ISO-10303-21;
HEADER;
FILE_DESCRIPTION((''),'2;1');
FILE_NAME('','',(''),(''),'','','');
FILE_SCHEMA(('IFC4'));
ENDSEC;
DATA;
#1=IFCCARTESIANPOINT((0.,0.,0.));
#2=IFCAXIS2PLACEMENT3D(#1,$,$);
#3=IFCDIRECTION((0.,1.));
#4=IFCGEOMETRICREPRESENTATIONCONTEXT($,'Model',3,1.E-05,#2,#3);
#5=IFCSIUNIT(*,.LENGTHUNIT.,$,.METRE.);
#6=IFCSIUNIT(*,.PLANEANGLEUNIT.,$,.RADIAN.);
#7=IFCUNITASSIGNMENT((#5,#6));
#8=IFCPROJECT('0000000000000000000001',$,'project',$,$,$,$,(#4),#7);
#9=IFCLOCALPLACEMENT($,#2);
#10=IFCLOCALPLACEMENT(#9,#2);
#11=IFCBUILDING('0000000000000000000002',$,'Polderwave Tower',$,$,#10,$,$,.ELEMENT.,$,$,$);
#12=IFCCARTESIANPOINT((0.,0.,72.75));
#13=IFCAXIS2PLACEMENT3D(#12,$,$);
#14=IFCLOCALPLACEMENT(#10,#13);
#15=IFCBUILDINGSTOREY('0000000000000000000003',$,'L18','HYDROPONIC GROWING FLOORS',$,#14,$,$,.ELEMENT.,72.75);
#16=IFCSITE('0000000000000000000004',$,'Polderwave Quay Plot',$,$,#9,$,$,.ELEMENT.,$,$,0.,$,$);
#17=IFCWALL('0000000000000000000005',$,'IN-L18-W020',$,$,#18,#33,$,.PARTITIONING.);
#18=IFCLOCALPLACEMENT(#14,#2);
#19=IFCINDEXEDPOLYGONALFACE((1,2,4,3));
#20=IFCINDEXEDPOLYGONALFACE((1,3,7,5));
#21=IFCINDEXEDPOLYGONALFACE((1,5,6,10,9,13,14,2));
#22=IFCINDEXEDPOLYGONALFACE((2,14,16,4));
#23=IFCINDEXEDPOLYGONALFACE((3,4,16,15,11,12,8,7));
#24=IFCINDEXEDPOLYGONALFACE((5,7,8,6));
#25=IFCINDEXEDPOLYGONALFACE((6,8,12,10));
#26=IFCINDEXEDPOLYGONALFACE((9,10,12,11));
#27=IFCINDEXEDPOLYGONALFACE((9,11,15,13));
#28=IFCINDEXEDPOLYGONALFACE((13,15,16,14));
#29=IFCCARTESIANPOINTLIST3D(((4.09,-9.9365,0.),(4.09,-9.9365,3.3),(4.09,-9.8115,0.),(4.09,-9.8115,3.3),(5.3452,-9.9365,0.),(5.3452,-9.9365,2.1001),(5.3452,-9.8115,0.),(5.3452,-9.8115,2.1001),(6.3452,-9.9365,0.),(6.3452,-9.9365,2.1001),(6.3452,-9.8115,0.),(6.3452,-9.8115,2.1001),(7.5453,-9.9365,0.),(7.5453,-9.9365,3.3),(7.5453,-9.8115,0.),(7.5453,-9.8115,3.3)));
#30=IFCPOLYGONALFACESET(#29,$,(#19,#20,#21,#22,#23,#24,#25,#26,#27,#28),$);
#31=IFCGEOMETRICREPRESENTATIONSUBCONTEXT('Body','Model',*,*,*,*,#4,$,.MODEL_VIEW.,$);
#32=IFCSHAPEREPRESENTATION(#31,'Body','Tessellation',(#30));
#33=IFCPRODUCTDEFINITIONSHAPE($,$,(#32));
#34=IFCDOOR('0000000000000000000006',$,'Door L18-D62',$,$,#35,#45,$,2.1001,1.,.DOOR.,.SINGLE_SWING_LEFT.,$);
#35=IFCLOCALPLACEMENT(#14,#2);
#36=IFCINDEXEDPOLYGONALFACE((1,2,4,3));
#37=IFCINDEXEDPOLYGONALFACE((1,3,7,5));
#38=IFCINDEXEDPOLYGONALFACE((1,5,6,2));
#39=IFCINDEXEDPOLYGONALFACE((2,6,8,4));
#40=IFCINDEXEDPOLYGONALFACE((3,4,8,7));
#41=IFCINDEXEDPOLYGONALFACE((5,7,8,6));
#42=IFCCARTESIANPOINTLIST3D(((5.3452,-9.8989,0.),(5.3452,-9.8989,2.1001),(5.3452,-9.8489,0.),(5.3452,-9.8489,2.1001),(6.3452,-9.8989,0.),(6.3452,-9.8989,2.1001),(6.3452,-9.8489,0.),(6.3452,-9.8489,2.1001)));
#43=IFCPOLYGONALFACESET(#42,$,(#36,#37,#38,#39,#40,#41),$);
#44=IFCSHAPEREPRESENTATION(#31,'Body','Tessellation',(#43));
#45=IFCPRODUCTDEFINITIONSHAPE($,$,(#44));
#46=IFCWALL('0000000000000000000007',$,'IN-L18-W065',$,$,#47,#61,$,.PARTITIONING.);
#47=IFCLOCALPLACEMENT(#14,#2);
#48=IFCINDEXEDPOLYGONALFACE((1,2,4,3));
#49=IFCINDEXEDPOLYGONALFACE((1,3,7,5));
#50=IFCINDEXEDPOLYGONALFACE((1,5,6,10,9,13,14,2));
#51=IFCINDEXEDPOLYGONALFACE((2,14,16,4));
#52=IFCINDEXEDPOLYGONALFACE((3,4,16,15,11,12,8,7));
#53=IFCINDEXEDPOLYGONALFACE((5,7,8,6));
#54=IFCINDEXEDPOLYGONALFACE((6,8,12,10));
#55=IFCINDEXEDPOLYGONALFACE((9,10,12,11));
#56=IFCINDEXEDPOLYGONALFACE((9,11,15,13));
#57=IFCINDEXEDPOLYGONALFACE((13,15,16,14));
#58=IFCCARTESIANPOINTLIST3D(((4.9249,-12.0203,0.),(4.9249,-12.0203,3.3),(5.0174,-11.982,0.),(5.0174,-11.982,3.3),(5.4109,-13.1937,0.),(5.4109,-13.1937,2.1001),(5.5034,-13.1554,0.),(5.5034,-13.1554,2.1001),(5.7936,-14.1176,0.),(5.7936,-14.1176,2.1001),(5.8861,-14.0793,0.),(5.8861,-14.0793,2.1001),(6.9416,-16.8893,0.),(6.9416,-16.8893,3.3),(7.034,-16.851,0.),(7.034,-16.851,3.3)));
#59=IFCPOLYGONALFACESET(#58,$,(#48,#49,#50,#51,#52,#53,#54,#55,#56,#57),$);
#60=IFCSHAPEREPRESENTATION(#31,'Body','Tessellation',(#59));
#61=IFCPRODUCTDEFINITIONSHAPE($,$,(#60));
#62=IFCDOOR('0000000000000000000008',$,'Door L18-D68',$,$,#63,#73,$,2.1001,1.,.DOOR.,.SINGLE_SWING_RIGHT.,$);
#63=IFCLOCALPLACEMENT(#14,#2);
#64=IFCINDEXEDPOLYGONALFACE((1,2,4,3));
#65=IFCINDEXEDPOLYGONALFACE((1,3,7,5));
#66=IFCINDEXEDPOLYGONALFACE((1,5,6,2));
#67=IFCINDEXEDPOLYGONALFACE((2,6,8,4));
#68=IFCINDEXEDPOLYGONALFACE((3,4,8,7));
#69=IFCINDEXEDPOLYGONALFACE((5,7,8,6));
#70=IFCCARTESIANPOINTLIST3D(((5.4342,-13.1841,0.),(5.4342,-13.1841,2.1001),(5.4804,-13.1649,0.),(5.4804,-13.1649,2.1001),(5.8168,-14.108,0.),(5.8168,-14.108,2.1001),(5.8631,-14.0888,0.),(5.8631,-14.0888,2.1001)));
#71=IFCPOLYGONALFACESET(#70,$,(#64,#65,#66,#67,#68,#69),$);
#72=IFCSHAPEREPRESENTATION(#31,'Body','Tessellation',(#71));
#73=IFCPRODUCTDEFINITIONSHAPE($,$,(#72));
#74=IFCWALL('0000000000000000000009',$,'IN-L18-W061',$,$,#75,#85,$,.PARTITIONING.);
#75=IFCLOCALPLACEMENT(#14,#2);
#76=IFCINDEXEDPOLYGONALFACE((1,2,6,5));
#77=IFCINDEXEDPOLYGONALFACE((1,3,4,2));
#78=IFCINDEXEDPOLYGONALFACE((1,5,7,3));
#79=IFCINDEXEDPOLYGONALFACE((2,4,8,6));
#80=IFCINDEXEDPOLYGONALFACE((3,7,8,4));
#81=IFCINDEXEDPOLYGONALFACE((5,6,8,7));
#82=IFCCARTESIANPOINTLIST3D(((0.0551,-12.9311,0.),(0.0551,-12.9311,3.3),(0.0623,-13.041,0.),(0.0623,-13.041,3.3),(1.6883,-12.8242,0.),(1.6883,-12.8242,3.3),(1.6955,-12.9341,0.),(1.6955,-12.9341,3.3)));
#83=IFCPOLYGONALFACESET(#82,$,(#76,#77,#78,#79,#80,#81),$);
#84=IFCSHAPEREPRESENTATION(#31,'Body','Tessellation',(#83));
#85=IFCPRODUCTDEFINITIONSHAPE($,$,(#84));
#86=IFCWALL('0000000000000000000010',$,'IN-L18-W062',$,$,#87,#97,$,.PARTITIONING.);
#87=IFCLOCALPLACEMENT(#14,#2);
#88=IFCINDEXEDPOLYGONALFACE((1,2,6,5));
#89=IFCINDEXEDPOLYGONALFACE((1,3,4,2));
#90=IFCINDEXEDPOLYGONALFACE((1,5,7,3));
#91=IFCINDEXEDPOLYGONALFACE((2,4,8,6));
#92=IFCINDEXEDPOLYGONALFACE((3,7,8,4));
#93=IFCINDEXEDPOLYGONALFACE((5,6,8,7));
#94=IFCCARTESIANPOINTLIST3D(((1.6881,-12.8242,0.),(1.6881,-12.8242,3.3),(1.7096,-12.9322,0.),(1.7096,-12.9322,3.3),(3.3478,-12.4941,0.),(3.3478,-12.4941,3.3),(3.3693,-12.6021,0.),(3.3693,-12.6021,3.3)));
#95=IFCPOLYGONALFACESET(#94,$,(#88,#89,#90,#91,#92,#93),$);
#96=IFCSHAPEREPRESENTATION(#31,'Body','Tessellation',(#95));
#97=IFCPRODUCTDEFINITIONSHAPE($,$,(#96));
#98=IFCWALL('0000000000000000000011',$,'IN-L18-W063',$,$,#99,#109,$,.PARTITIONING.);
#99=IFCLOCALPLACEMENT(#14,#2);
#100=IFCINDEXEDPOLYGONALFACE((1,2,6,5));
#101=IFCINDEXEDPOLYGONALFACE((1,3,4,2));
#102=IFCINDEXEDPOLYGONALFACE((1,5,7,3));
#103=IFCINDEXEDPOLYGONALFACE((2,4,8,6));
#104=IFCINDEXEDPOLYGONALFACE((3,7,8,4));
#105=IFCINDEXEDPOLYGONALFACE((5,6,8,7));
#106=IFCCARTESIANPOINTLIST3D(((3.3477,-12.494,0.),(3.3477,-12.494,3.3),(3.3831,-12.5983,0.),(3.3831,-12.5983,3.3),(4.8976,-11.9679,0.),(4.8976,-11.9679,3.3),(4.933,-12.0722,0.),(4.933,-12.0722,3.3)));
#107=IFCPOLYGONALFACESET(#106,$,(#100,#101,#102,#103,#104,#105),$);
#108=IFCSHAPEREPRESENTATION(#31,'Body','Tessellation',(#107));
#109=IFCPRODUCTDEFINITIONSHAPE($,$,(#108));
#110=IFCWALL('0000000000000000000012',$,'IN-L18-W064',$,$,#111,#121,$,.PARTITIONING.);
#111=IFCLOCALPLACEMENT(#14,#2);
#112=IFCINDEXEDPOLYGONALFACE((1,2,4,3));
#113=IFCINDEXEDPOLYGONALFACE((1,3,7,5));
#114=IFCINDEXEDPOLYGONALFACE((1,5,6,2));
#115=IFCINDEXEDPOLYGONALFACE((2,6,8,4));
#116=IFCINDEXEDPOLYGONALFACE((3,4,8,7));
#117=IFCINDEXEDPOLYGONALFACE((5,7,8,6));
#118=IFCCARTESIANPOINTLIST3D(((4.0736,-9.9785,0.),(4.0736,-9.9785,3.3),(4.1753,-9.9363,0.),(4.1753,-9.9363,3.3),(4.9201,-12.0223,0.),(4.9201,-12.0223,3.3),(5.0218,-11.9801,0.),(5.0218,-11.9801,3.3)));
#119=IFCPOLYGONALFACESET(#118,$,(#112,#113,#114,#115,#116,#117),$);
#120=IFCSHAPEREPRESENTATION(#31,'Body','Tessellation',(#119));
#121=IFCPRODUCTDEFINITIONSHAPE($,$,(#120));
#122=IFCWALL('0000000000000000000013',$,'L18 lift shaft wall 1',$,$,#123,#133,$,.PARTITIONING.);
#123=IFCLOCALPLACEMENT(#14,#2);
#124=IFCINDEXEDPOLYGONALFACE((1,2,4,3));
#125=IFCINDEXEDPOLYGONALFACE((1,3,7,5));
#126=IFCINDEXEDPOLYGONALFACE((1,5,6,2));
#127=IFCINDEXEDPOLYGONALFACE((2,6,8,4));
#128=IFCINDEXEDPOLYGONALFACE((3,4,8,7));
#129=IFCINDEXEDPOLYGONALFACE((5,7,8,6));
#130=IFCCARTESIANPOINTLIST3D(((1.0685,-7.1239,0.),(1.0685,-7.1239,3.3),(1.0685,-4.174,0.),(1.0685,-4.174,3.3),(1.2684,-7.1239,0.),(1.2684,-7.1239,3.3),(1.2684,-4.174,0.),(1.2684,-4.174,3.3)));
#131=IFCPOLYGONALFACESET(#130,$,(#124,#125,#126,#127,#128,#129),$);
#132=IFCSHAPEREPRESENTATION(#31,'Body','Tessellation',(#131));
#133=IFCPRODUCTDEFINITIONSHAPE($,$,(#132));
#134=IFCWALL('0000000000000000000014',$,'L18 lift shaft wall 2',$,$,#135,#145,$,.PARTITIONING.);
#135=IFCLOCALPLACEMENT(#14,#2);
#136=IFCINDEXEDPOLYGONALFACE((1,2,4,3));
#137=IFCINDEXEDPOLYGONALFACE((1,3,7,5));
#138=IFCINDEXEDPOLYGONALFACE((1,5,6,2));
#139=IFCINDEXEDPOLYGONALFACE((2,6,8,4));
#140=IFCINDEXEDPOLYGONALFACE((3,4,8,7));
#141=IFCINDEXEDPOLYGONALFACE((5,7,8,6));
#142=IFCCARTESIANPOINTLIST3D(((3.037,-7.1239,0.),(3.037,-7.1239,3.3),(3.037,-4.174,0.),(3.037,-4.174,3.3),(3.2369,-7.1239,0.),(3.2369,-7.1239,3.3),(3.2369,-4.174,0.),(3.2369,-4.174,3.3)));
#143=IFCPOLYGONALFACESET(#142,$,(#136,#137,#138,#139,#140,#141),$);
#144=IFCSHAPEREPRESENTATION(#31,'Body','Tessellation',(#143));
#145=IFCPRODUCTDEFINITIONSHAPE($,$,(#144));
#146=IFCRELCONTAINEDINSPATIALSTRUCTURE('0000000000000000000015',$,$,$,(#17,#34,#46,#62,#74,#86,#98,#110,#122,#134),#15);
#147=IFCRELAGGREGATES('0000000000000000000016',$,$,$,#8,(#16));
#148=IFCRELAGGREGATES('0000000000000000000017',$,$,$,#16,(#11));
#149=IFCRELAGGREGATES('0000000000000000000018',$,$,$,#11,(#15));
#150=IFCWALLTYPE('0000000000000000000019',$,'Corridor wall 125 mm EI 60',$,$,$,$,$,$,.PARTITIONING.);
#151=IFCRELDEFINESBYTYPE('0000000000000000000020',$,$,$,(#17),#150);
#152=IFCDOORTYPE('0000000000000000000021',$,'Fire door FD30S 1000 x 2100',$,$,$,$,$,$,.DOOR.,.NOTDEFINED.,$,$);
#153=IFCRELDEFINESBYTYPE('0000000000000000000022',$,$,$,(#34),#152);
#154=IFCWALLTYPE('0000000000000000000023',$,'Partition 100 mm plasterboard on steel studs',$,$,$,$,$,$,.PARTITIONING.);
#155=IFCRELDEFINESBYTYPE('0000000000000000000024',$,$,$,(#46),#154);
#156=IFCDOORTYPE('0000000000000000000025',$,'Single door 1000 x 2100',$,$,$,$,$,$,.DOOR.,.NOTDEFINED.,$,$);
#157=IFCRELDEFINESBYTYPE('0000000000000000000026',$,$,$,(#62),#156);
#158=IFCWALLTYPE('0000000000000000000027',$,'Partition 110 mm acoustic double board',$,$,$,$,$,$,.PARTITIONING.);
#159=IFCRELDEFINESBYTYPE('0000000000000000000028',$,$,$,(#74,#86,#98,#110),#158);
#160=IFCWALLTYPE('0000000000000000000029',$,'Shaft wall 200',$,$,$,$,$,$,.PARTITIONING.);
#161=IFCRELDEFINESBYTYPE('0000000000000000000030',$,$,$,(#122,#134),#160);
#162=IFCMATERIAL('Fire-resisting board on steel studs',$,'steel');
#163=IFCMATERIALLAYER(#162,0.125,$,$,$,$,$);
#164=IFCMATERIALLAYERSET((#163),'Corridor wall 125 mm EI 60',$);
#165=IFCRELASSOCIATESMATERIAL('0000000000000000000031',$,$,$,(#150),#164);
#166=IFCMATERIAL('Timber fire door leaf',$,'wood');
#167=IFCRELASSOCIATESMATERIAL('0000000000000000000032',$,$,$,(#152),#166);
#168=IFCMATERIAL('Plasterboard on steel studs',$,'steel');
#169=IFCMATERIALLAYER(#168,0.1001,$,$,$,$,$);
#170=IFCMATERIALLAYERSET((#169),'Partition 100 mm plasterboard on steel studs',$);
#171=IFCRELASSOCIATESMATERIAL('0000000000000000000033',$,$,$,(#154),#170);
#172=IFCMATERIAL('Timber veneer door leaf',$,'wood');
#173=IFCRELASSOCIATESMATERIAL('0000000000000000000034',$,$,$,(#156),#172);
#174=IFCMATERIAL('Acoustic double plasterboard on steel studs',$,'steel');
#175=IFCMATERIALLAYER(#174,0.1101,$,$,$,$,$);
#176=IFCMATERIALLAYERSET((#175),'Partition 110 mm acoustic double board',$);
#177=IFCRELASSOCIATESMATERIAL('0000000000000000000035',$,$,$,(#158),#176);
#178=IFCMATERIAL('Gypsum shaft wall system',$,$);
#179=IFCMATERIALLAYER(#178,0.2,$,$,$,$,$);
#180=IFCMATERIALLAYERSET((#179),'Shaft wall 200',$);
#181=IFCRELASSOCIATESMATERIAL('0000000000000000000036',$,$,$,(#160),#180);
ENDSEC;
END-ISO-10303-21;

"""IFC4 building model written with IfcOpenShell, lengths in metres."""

from ifc_helpers import new_model, si_unit, direction, frame, frame_2d, origin, place, context, subcontext, project, spatial, rectangle, extrude, material, layer, layer_set, type_object, element, fill, save


model = new_model("IFC4")

# Units and contexts
model_context = context("Model", 3, precision=1e-05, world=origin(), true_north=direction((0.0, 1.0)))
body_context = subcontext(model_context, "Body", "Model", "MODEL_VIEW")
ifc_project = project(units=[si_unit("LENGTHUNIT", "METRE"), si_unit("PLANEANGLEUNIT", "RADIAN")], contexts=[model_context])

# Site, building, storey
site_placement = place(None, origin())
site = spatial("IfcSite", under=ifc_project, at=site_placement, Name="Polderwave Quay Plot", CompositionType="ELEMENT", RefElevation=0.0)
building_placement = place(site_placement, origin())
building = spatial("IfcBuilding", under=site, at=building_placement, Name="Polderwave Tower", CompositionType="ELEMENT")
storey_placement = place(building_placement, frame((0.0, 0.0, 72.75)))
storey = spatial("IfcBuildingStorey", under=building, at=storey_placement, Name="L18", Description="HYDROPONIC GROWING FLOORS", CompositionType="ELEMENT", Elevation=72.75)

# Walls, openings, doors
ifc_material_1 = material(Name="Fire-resisting board on steel studs", Category="steel")
ifc_layer_1 = layer(ifc_material_1, 0.125)
ifc_layer_set_1 = layer_set([ifc_layer_1], Name="Corridor wall 125 mm EI 60")
wall_type_1 = type_object("IfcWallType", Name="Corridor wall 125 mm EI 60", PredefinedType="PARTITIONING", material=ifc_layer_set_1)
ifc_material_2 = material(Name="Timber fire door leaf", Category="wood")
door_type_1 = type_object("IfcDoorType", Name="Fire door FD30S 1000 x 2100", OperationType="NOTDEFINED", PredefinedType="DOOR", material=ifc_material_2)
wall_1_placement = place(storey_placement, frame((7.5452, -9.874, 0.0), z_axis=(0.0, 0.0, 1.0), x_axis=(-1.0, 0.0, 0.0)))
wall_1 = element("IfcWall", 1, at=wall_1_placement, inside=storey, type_object=wall_type_1, Name="IN-L18-W020", PredefinedType="PARTITIONING", context=body_context, shape_type="SweptSolid", body=[
    extrude(rectangle(XDim=3.4553, YDim=0.125, at=frame_2d((1.7275, 0.0))), origin(), (0.0, 0.0, 1.0), 3.3),
])
opening_1_placement = place(wall_1_placement, frame((1.2, 0.0, 0.0)))
opening_1 = element("IfcOpeningElement", 2, at=opening_1_placement, cuts=wall_1, PredefinedType="OPENING", context=body_context, shape_type="SweptSolid", body=[
    extrude(rectangle(XDim=1.0, YDim=2.1001, at=frame_2d((0.5, 1.05))), frame((0.0, 0.0725, 0.0), z_axis=(0.0, -1.0, 0.0), x_axis=(1.0, 0.0, 0.0)), (0.0, 0.0, 1.0), 0.145),
])
door_1_placement = place(opening_1_placement, origin())
door_1 = element("IfcDoor", 3, at=door_1_placement, inside=storey, type_object=door_type_1, Name="Door L18-D62", OperationType="SINGLE_SWING_LEFT", OverallHeight=2.1001, OverallWidth=1.0, PredefinedType="DOOR", context=body_context, shape_type="SweptSolid", body=[
    extrude(rectangle(XDim=1.0, YDim=2.1001, at=frame_2d((0.5, 1.05))), frame((0.0, 0.0249, 0.0), z_axis=(0.0, -1.0, 0.0), x_axis=(1.0, 0.0, 0.0)), (0.0, 0.0, 1.0), 0.05),
])
fill(opening_1, door_1)
ifc_material_3 = material(Name="Plasterboard on steel studs", Category="steel")
ifc_layer_2 = layer(ifc_material_3, 0.1001)
ifc_layer_set_2 = layer_set([ifc_layer_2], Name="Partition 100 mm plasterboard on steel studs")
wall_type_2 = type_object("IfcWallType", Name="Partition 100 mm plasterboard on steel studs", PredefinedType="PARTITIONING", material=ifc_layer_set_2)
wall_2_placement = place(storey_placement, frame((6.9878, -16.8701, 0.0), z_axis=(0.0, 0.0, 1.0), x_axis=(-0.382657, 0.92389, 0.0)))
wall_2 = element("IfcWall", 4, at=wall_2_placement, inside=storey, type_object=wall_type_2, Name="IN-L18-W065", PredefinedType="PARTITIONING", context=body_context, shape_type="SweptSolid", body=[
    extrude(rectangle(XDim=5.27, YDim=0.1001, at=frame_2d((2.635, 0.0))), origin(), (0.0, 0.0, 1.0), 3.3),
])
opening_2_placement = place(wall_2_placement, frame((3.0, 0.0, 0.0)))
opening_2 = element("IfcOpeningElement", 5, at=opening_2_placement, cuts=wall_2, PredefinedType="OPENING", context=body_context, shape_type="SweptSolid", body=[
    extrude(rectangle(XDim=1.0, YDim=2.1001, at=frame_2d((0.5, 1.05))), frame((0.0, 0.0601, 0.0), z_axis=(0.0, -1.0, 0.0), x_axis=(1.0, 0.0, 0.0)), (0.0, 0.0, 1.0), 0.1201),
])
ifc_material_4 = material(Name="Timber veneer door leaf", Category="wood")
door_type_2 = type_object("IfcDoorType", Name="Single door 1000 x 2100", OperationType="NOTDEFINED", PredefinedType="DOOR", material=ifc_material_4)
door_2_placement = place(opening_2_placement, origin())
door_2 = element("IfcDoor", 6, at=door_2_placement, inside=storey, type_object=door_type_2, Name="Door L18-D68", OperationType="SINGLE_SWING_RIGHT", OverallHeight=2.1001, OverallWidth=1.0, PredefinedType="DOOR", context=body_context, shape_type="SweptSolid", body=[
    extrude(rectangle(XDim=1.0, YDim=2.1001, at=frame_2d((0.5, 1.05))), frame((0.0, 0.0249, 0.0), z_axis=(0.0, -1.0, 0.0), x_axis=(1.0, 0.0, 0.0)), (0.0, 0.0, 1.0), 0.05),
])
fill(opening_2, door_2)

# Walls
ifc_material_5 = material(Name="Acoustic double plasterboard on steel studs", Category="steel")
ifc_layer_3 = layer(ifc_material_5, 0.1101)
ifc_layer_set_3 = layer_set([ifc_layer_3], Name="Partition 110 mm acoustic double board")
wall_type_3 = type_object("IfcWallType", Name="Partition 110 mm acoustic double board", PredefinedType="PARTITIONING", material=ifc_layer_set_3)
wall_3_placement = place(storey_placement, frame((1.6919, -12.8792, 0.0), z_axis=(0.0, 0.0, 1.0), x_axis=(-0.997864, -0.065331, 0.0)))
element("IfcWall", 7, at=wall_3_placement, inside=storey, type_object=wall_type_3, Name="IN-L18-W061", PredefinedType="PARTITIONING", context=body_context, shape_type="SweptSolid", body=[
    extrude(rectangle(XDim=1.6367, YDim=0.1101, at=frame_2d((0.8184, 0.0))), origin(), (0.0, 0.0, 1.0), 3.3),
])
wall_4_placement = place(storey_placement, frame((3.3586, -12.5481, 0.0), z_axis=(0.0, 0.0, 1.0), x_axis=(-0.980791, -0.195062, 0.0)))
element("IfcWall", 8, at=wall_4_placement, inside=storey, type_object=wall_type_3, Name="IN-L18-W062", PredefinedType="PARTITIONING", context=body_context, shape_type="SweptSolid", body=[
    extrude(rectangle(XDim=1.6921, YDim=0.1101, at=frame_2d((0.8462, 0.0))), origin(), (0.0, 0.0, 1.0), 3.3),
])
wall_5_placement = place(storey_placement, frame((4.9153, -12.02, 0.0), z_axis=(0.0, 0.0, 1.0), x_axis=(-0.946924, -0.321459, 0.0)))
element("IfcWall", 9, at=wall_5_placement, inside=storey, type_object=wall_type_3, Name="IN-L18-W063", PredefinedType="PARTITIONING", context=body_context, shape_type="SweptSolid", body=[
    extrude(rectangle(XDim=1.6367, YDim=0.1101, at=frame_2d((0.8184, 0.0))), origin(), (0.0, 0.0, 1.0), 3.3),
])
wall_6_placement = place(storey_placement, frame((4.1245, -9.9575, 0.0), z_axis=(0.0, 0.0, 1.0), x_axis=(0.382647, -0.923894, 0.0)))
element("IfcWall", 10, at=wall_6_placement, inside=storey, type_object=wall_type_3, Name="IN-L18-W064", PredefinedType="PARTITIONING", context=body_context, shape_type="SweptSolid", body=[
    extrude(rectangle(XDim=2.2122, YDim=0.1101, at=frame_2d((1.106, 0.0))), origin(), (0.0, 0.0, 1.0), 3.3),
])
ifc_material_6 = material(Name="Gypsum shaft wall system")
ifc_layer_4 = layer(ifc_material_6, 0.2)
ifc_layer_set_4 = layer_set([ifc_layer_4], Name="Shaft wall 200")
wall_type_4 = type_object("IfcWallType", Name="Shaft wall 200", PredefinedType="PARTITIONING", material=ifc_layer_set_4)
for number, where, z_axis, x_axis, name in (
    (11, (1.1685, -7.124, 0.0), (0.0, 0.0, 1.0), (0.0, 1.0, 0.0), "L18 lift shaft wall 1"),
    (12, (3.137, -7.124, 0.0), (0.0, 0.0, 1.0), (0.0, 1.0, 0.0), "L18 lift shaft wall 2"),
):
    element("IfcWall", number, at=place(storey_placement, frame(where, z_axis=z_axis, x_axis=x_axis)), inside=storey, type_object=wall_type_4, Name=name, PredefinedType="PARTITIONING", context=body_context, shape_type="SweptSolid", body=[
        extrude(rectangle(XDim=2.95, YDim=0.2, at=frame_2d((1.4751, 0.0))), origin(), (0.0, 0.0, 1.0), 3.3),
    ])

save(model, "model.ifc")
